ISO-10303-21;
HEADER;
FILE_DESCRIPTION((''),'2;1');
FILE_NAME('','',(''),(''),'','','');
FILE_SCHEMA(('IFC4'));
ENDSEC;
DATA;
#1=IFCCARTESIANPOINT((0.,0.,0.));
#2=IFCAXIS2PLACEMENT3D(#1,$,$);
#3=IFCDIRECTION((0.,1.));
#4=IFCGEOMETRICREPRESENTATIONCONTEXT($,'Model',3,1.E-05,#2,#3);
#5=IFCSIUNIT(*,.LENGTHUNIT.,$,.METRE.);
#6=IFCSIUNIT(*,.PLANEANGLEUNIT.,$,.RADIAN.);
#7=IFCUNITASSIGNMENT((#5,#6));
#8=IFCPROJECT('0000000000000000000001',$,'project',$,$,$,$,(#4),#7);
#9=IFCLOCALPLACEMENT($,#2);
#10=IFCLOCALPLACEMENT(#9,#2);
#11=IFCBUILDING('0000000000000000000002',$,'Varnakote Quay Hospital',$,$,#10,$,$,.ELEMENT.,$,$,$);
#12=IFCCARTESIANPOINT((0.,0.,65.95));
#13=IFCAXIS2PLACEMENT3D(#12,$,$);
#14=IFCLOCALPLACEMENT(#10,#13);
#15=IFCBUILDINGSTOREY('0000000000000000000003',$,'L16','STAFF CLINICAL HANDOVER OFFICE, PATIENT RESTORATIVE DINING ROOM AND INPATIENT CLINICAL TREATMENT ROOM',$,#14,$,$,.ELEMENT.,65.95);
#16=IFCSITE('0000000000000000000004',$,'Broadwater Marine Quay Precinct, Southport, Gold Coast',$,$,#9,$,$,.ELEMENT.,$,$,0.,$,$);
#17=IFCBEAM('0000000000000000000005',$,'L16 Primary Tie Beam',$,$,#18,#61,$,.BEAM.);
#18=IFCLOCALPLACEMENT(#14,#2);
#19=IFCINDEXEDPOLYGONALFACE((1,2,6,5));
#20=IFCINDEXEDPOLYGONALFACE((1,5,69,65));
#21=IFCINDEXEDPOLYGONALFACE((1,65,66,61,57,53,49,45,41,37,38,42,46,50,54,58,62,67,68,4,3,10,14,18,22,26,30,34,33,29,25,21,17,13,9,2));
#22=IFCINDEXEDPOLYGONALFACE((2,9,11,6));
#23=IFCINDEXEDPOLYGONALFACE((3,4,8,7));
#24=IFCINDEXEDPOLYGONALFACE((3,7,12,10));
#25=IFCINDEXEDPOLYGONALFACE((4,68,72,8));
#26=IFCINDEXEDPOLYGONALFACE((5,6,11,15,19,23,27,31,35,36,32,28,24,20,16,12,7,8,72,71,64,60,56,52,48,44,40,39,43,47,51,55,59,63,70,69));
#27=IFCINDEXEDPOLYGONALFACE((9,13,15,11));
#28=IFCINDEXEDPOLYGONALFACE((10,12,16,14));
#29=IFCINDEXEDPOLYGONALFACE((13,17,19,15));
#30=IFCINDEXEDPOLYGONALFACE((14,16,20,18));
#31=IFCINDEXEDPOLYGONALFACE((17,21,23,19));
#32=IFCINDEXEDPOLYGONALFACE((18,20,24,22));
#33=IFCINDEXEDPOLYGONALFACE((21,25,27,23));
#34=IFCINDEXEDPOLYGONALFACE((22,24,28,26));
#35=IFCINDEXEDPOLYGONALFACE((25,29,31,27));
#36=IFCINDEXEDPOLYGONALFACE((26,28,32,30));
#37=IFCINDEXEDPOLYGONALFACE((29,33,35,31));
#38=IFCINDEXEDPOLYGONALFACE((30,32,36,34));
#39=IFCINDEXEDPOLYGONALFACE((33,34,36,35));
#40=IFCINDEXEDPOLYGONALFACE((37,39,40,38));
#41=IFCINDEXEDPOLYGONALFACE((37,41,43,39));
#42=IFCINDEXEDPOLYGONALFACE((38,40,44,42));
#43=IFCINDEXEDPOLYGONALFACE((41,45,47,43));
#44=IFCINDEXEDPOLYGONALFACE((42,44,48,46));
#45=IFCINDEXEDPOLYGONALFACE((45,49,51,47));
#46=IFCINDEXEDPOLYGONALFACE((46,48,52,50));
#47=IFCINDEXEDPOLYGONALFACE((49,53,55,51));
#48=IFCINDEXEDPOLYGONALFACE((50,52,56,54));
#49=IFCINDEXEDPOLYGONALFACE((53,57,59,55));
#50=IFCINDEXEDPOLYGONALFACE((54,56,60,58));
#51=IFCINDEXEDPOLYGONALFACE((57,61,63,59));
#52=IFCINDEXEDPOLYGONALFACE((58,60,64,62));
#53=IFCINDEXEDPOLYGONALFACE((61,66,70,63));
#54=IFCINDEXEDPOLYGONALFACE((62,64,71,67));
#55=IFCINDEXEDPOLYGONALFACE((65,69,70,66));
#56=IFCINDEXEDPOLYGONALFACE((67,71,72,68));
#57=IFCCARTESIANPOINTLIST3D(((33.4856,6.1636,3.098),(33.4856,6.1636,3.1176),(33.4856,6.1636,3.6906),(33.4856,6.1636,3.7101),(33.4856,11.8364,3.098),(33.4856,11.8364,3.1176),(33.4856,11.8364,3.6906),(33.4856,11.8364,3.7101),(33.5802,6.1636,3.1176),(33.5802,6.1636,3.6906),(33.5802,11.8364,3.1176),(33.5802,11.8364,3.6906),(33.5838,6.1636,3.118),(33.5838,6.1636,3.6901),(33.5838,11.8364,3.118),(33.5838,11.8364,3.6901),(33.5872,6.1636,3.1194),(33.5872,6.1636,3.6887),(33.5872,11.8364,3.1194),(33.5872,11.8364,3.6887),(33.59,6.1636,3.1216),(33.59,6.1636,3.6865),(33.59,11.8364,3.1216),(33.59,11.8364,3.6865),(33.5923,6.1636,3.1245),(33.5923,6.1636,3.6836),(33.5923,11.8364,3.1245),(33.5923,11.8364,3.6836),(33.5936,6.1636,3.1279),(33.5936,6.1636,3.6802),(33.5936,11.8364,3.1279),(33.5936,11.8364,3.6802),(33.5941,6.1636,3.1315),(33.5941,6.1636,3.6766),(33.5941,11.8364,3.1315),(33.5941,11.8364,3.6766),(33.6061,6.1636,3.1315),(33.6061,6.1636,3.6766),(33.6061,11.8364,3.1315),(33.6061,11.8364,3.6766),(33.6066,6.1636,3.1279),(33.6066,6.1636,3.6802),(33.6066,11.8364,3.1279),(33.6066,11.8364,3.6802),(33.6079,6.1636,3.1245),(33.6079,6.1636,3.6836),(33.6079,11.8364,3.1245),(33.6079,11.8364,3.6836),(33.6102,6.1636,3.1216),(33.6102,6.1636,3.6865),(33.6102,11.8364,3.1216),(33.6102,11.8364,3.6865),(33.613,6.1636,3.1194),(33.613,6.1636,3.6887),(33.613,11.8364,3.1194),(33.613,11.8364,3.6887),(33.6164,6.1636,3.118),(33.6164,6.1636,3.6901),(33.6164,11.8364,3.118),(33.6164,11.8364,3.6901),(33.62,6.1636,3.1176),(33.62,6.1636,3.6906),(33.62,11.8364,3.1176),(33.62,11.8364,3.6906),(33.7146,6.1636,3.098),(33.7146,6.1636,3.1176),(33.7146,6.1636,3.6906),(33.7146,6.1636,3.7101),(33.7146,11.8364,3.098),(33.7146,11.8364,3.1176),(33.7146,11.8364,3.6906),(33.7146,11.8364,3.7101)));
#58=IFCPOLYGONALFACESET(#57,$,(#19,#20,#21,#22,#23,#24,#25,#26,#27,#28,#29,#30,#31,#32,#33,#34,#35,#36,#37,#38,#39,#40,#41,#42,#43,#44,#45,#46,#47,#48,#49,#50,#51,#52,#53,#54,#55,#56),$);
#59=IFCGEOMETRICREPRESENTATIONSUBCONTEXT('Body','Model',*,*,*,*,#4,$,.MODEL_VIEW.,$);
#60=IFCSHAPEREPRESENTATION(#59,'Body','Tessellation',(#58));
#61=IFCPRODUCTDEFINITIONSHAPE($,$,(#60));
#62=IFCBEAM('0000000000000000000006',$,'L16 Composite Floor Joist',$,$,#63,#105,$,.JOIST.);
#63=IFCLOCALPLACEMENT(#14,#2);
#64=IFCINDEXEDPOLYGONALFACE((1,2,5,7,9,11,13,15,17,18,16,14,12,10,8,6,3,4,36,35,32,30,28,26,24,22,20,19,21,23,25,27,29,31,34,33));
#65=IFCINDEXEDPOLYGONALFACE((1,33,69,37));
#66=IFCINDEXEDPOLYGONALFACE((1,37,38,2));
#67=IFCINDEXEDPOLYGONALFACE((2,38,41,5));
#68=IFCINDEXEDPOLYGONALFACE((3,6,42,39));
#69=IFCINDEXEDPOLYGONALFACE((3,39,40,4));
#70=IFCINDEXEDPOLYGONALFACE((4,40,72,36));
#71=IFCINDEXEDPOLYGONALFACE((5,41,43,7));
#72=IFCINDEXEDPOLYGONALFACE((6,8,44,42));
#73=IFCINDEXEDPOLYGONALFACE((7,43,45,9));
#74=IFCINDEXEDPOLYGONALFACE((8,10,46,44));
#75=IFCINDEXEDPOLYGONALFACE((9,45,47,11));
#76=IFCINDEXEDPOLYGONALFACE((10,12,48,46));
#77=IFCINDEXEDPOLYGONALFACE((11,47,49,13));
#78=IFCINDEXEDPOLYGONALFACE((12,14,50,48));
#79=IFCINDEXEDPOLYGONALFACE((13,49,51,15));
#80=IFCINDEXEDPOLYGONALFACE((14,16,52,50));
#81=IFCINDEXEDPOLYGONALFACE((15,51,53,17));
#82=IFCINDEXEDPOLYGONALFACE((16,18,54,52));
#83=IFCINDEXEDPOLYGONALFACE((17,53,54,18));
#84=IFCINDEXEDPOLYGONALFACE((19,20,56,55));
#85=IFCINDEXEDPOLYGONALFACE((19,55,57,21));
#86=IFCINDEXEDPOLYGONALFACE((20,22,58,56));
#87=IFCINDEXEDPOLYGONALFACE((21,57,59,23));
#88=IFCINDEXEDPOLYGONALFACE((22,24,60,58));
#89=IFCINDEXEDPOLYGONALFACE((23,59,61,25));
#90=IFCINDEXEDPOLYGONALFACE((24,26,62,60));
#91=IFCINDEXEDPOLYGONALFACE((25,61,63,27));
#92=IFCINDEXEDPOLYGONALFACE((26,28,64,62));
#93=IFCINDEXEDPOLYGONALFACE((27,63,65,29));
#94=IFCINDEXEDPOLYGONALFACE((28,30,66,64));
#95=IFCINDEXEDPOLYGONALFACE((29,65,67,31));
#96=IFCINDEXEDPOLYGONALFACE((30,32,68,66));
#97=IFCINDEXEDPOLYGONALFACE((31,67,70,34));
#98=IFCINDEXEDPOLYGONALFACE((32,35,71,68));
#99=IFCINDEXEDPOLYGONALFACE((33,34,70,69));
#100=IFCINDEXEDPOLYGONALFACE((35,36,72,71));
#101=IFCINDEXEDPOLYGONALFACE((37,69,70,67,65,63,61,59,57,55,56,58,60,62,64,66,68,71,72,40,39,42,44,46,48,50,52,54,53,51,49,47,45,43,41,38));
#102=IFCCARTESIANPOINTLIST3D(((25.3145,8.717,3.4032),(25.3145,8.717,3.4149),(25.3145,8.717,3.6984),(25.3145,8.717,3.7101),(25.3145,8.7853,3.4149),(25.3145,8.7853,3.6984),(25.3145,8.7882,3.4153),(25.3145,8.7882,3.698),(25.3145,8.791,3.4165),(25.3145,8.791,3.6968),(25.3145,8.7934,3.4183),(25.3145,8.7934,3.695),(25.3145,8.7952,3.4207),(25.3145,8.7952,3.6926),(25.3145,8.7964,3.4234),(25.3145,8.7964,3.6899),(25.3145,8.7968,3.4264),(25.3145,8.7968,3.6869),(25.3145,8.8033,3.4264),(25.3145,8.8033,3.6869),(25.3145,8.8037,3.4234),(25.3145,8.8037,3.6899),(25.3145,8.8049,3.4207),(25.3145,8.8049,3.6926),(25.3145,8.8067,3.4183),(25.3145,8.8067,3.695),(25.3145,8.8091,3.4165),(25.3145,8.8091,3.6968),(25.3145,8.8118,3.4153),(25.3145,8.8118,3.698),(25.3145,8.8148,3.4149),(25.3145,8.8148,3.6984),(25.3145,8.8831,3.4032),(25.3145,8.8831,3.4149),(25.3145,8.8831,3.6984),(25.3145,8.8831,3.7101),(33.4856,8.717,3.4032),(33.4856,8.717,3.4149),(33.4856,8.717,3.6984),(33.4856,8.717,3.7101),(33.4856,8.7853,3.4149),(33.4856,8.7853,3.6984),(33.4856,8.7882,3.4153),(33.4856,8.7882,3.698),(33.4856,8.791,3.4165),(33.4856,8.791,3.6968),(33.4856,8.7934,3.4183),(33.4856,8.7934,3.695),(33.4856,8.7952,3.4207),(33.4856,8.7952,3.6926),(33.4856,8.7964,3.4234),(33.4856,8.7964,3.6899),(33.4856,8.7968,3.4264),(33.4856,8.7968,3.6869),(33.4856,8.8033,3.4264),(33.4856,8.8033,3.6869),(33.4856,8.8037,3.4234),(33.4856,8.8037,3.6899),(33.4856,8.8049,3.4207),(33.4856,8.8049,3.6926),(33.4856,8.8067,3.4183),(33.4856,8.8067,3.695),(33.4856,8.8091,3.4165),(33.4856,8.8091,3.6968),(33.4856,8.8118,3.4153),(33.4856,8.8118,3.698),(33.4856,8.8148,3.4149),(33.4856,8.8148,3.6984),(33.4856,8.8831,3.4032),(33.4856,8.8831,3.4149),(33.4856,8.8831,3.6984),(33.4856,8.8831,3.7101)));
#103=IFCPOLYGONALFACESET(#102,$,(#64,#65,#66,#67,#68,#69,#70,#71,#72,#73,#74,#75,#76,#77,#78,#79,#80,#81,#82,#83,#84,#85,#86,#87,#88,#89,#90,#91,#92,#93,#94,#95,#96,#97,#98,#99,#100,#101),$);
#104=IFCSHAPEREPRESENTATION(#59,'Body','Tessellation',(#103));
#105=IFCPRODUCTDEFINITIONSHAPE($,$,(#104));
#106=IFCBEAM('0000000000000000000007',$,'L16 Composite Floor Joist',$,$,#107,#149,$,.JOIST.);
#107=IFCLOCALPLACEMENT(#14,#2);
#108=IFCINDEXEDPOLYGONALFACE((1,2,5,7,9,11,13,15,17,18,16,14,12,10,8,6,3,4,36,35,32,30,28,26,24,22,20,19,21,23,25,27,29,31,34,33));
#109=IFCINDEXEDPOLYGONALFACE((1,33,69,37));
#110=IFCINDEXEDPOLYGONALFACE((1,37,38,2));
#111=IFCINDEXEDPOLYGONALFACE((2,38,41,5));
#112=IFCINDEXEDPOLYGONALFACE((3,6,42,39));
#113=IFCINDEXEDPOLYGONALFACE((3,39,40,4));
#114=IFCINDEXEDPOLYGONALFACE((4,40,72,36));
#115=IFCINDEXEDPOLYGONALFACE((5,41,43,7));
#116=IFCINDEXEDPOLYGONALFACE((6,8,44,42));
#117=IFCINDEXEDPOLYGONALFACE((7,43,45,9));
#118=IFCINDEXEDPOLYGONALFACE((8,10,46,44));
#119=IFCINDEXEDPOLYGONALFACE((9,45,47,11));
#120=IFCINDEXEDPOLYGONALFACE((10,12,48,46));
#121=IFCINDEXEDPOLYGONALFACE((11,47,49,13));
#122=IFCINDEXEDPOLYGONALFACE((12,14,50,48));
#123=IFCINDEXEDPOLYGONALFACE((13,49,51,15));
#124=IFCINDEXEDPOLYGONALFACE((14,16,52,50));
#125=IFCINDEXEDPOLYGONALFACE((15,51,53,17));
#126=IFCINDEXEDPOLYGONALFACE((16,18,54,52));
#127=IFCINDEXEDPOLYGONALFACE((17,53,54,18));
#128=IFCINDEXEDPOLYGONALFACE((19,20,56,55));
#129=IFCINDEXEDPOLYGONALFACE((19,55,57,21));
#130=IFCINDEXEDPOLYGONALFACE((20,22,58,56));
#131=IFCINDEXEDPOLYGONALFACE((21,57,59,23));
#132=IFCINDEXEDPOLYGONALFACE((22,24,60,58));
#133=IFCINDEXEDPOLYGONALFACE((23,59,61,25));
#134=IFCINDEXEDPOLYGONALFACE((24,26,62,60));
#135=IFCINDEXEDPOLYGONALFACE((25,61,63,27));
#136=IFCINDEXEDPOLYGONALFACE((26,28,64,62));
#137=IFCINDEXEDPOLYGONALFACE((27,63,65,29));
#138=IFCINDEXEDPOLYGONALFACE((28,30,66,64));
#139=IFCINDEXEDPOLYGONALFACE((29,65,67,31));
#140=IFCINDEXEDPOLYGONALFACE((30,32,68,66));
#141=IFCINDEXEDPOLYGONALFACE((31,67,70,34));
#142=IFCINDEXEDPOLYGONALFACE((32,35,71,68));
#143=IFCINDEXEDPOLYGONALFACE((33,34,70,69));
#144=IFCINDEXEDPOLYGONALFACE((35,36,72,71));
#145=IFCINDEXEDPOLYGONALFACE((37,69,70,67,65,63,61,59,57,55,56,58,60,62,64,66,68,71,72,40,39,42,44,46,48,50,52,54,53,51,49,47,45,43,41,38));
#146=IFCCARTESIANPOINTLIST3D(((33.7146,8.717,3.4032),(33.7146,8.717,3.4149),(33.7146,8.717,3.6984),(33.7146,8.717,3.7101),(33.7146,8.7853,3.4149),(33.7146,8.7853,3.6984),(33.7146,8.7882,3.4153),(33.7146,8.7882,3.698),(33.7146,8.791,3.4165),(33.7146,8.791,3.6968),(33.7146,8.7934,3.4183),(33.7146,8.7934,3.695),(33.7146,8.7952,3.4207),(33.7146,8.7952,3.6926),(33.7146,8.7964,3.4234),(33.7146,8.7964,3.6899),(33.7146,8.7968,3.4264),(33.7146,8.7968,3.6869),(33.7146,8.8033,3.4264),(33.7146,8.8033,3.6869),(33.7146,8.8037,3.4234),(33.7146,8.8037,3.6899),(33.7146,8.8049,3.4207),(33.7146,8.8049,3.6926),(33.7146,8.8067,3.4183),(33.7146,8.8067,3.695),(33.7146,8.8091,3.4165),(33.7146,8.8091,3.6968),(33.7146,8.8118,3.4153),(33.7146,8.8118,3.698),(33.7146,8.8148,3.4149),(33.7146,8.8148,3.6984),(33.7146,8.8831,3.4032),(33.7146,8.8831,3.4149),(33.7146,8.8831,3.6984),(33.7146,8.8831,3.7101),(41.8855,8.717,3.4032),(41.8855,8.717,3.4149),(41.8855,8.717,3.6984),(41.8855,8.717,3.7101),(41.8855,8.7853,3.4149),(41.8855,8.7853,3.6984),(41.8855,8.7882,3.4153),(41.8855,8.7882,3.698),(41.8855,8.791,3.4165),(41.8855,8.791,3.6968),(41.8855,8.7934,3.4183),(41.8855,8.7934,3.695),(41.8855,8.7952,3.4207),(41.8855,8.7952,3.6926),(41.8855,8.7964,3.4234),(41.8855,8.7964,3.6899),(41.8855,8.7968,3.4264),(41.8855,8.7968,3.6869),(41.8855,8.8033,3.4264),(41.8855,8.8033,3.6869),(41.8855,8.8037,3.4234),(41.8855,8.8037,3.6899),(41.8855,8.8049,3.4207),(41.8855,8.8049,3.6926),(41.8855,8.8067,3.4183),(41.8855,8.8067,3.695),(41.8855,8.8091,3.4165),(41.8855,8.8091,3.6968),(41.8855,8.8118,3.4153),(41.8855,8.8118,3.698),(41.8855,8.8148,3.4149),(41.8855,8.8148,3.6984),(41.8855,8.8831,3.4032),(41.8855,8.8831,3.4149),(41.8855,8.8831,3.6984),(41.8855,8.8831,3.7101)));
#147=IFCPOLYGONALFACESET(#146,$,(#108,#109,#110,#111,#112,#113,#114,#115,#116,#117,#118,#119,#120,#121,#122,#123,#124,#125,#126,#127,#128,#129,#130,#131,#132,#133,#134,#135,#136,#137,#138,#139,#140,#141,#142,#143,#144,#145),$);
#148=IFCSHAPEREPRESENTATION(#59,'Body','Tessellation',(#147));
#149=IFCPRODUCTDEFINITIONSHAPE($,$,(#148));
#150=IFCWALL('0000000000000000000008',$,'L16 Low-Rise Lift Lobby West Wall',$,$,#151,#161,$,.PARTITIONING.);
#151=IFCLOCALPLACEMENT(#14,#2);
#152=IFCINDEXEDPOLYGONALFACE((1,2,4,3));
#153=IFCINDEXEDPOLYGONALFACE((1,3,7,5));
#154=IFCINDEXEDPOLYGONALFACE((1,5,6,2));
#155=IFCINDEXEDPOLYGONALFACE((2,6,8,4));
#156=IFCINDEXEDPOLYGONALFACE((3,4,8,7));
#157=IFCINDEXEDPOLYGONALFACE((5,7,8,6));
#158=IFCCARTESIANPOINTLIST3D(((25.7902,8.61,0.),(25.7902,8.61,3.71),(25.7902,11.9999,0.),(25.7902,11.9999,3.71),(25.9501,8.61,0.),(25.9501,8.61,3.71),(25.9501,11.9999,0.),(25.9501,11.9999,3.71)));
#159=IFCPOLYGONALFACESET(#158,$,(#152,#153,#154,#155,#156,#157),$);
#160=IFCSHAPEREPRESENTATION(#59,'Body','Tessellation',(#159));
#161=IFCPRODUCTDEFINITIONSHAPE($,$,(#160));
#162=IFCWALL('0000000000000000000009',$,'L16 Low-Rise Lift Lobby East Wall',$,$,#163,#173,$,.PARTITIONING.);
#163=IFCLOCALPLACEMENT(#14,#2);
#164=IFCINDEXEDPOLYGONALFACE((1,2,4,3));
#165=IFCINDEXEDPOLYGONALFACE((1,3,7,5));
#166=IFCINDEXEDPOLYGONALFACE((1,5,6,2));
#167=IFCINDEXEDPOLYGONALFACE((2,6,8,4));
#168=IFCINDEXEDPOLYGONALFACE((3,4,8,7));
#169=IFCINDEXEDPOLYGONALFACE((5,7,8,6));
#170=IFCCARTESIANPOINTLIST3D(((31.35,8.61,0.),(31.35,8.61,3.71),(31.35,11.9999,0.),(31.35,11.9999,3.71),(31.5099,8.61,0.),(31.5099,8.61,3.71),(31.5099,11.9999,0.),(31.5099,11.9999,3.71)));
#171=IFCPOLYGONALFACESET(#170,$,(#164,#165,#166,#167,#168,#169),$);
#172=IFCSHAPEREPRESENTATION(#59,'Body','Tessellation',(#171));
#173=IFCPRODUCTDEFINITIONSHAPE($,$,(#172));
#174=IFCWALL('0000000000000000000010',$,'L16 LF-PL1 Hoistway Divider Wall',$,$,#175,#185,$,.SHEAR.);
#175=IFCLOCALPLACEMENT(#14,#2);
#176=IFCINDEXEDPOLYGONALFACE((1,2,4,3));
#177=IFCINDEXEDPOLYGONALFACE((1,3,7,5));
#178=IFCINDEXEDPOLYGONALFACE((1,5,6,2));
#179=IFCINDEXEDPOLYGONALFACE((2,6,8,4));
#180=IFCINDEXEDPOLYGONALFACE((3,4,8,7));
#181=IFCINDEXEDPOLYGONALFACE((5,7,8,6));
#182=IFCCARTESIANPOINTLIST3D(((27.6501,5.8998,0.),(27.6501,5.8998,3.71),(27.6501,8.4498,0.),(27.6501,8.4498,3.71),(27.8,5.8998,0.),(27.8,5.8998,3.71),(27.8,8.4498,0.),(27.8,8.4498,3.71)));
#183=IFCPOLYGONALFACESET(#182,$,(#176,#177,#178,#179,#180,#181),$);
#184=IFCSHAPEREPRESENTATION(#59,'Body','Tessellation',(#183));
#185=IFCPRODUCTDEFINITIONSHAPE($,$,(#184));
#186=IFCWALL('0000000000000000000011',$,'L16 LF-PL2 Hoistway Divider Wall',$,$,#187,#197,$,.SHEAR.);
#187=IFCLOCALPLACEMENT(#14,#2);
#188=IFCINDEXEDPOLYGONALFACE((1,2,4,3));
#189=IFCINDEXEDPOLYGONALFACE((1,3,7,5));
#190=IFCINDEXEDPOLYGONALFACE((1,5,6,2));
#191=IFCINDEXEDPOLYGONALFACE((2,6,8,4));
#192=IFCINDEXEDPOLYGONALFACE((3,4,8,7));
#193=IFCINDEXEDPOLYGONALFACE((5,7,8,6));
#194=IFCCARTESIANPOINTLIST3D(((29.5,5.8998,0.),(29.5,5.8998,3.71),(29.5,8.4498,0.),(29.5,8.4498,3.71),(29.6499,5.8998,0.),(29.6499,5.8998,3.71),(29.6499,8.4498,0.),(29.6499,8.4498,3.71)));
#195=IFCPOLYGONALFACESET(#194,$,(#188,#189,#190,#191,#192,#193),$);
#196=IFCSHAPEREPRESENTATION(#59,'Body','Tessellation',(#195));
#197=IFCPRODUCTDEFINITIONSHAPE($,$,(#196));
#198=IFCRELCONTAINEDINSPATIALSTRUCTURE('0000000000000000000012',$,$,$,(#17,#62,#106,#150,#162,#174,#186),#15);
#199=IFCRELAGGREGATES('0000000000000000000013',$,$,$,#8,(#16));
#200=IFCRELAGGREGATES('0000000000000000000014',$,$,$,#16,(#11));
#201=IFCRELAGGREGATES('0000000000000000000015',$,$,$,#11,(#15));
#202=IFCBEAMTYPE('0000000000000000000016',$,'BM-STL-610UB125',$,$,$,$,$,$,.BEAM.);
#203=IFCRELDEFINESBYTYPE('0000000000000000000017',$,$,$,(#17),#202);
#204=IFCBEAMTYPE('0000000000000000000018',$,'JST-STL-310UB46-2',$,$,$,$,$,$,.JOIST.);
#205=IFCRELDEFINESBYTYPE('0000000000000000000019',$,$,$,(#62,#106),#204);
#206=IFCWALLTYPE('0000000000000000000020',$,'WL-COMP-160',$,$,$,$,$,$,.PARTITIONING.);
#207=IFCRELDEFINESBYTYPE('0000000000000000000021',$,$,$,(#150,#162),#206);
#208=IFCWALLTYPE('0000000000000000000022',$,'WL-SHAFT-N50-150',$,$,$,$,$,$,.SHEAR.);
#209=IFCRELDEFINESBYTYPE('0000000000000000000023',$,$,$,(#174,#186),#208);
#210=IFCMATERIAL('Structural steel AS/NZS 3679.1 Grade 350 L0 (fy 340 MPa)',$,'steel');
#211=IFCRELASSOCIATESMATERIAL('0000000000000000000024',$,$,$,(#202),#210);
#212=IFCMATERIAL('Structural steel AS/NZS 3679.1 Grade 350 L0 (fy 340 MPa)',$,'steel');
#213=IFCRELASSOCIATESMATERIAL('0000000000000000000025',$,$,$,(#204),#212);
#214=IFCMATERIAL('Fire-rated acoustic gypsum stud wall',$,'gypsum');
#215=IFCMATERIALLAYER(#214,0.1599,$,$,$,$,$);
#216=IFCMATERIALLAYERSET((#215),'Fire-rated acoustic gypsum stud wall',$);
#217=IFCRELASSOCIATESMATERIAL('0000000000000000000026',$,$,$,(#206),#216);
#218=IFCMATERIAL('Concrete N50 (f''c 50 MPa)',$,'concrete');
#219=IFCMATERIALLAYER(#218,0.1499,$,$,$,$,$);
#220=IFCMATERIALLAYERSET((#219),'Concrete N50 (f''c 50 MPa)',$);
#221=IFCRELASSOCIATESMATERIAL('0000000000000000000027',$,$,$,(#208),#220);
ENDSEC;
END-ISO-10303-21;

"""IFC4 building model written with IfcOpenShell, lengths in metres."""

from ifc_helpers import new_model, si_unit, direction, frame, frame_2d, origin, origin_2d, place, context, subcontext, project, spatial, rectangle, i_section, extrude, material, layer, layer_set, material_profile, profile_set, type_object, element, save


model = new_model("IFC4")

# Units and contexts
model_context = context("Model", 3, precision=1e-05, world=origin(), true_north=direction((0.0, 1.0)))
body_context = subcontext(model_context, "Body", "Model", "MODEL_VIEW")
ifc_project = project(units=[si_unit("LENGTHUNIT", "METRE"), si_unit("PLANEANGLEUNIT", "RADIAN")], contexts=[model_context])

# Site, building, storey
site_placement = place(None, origin())
site = spatial("IfcSite", under=ifc_project, at=site_placement, Name="Broadwater Marine Quay Precinct, Southport, Gold Coast", CompositionType="ELEMENT", RefElevation=0.0)
building_placement = place(site_placement, origin())
building = spatial("IfcBuilding", under=site, at=building_placement, Name="Varnakote Quay Hospital", CompositionType="ELEMENT")
storey_placement = place(building_placement, frame((0.0, 0.0, 65.95)))
storey = spatial("IfcBuildingStorey", under=building, at=storey_placement, Name="L16", Description="STAFF CLINICAL HANDOVER OFFICE, PATIENT RESTORATIVE DINING ROOM AND INPATIENT CLINICAL TREATMENT ROOM", CompositionType="ELEMENT", Elevation=65.95)

# Beams
ifc_material_1 = material(Name="Structural steel AS/NZS 3679.1 Grade 350 L0 (fy 340 MPa)", Category="steel")
ifc_material_profile_1 = material_profile(ifc_material_1, i_section(OverallWidth=0.229, OverallDepth=0.6121, WebThickness=0.012, FlangeThickness=0.0195, FilletRadius=0.0139, at=origin_2d()), Name="610UB125")
ifc_profile_set_1 = profile_set([ifc_material_profile_1], Name="Structural steel AS/NZS 3679.1 Grade 350 L0 (fy 340 MPa)")
beam_type_1 = type_object("IfcBeamType", Name="BM-STL-610UB125", PredefinedType="BEAM", material=ifc_profile_set_1)
for number, where, z_axis, x_axis, name in (
    (1, (33.6001, 6.1636, 3.4041), (0.0, 1.0, 0.0), (-1.0, 0.0, 0.0), "L16 Primary Tie Beam"),
):
    element("IfcBeam", number, at=place(storey_placement, frame(where, z_axis=z_axis, x_axis=x_axis)), inside=storey, type_object=beam_type_1, Name=name, PredefinedType="BEAM", context=body_context, shape_type="SweptSolid", body=[
        extrude(i_section(OverallWidth=0.229, OverallDepth=0.6121, WebThickness=0.012, FlangeThickness=0.0195, FilletRadius=0.0139, at=origin_2d()), origin(), (0.0, 0.0, 1.0), 5.6729),
    ])
ifc_material_2 = material(Name="Structural steel AS/NZS 3679.1 Grade 350 L0 (fy 340 MPa)", Category="steel")
ifc_material_profile_2 = material_profile(ifc_material_2, i_section(OverallWidth=0.166, OverallDepth=0.3069, WebThickness=0.0066, FlangeThickness=0.0117, FilletRadius=0.0115, at=origin_2d()), Name="310UB46.2")
ifc_profile_set_2 = profile_set([ifc_material_profile_2], Name="Structural steel AS/NZS 3679.1 Grade 350 L0 (fy 340 MPa)")
beam_type_2 = type_object("IfcBeamType", Name="JST-STL-310UB46-2", PredefinedType="JOIST", material=ifc_profile_set_2)
beam_1_placement = place(storey_placement, frame((25.3145, 8.8, 3.5566), z_axis=(1.0, 0.0, 0.0), x_axis=(0.0, 1.0, 0.0)))
element("IfcBeam", 2, at=beam_1_placement, inside=storey, type_object=beam_type_2, Name="L16 Composite Floor Joist", PredefinedType="JOIST", context=body_context, shape_type="SweptSolid", body=[
    extrude(i_section(OverallWidth=0.166, OverallDepth=0.3069, WebThickness=0.0066, FlangeThickness=0.0117, FilletRadius=0.0115, at=origin_2d()), origin(), (0.0, 0.0, 1.0), 8.1711),
])
beam_2_placement = place(storey_placement, frame((33.7146, 8.8, 3.5566), z_axis=(1.0, 0.0, 0.0), x_axis=(0.0, 1.0, 0.0)))
element("IfcBeam", 3, at=beam_2_placement, inside=storey, type_object=beam_type_2, Name="L16 Composite Floor Joist", PredefinedType="JOIST", context=body_context, shape_type="SweptSolid", body=[
    extrude(i_section(OverallWidth=0.166, OverallDepth=0.3069, WebThickness=0.0066, FlangeThickness=0.0117, FilletRadius=0.0115, at=origin_2d()), origin(), (0.0, 0.0, 1.0), 8.1709),
])

# Walls
ifc_material_3 = material(Name="Fire-rated acoustic gypsum stud wall", Category="gypsum")
ifc_layer_1 = layer(ifc_material_3, 0.1599)
ifc_layer_set_1 = layer_set([ifc_layer_1], Name="Fire-rated acoustic gypsum stud wall")
wall_type_1 = type_object("IfcWallType", Name="WL-COMP-160", PredefinedType="PARTITIONING", material=ifc_layer_set_1)
for number, where, z_axis, x_axis, name in (
    (4, (25.8701, 8.6101, 0.0), (0.0, 0.0, 1.0), (0.0, 1.0, 0.0), "L16 Low-Rise Lift Lobby West Wall"),
    (5, (31.4299, 8.6101, 0.0), (0.0, 0.0, 1.0), (0.0, 1.0, 0.0), "L16 Low-Rise Lift Lobby East Wall"),
):
    element("IfcWall", number, at=place(storey_placement, frame(where, z_axis=z_axis, x_axis=x_axis)), inside=storey, type_object=wall_type_1, Name=name, PredefinedType="PARTITIONING", context=body_context, shape_type="SweptSolid", body=[
        extrude(rectangle(XDim=3.3899, YDim=0.1599, at=frame_2d((1.6948, 0.0))), origin(), (0.0, 0.0, 1.0), 3.71),
    ])
ifc_material_4 = material(Name="Concrete N50 (f'c 50 MPa)", Category="concrete")
ifc_layer_2 = layer(ifc_material_4, 0.1499)
ifc_layer_set_2 = layer_set([ifc_layer_2], Name="Concrete N50 (f'c 50 MPa)")
wall_type_2 = type_object("IfcWallType", Name="WL-SHAFT-N50-150", PredefinedType="SHEAR", material=ifc_layer_set_2)
for number, where, z_axis, x_axis, name in (
    (6, (27.7251, 5.8999, 0.0), (0.0, 0.0, 1.0), (0.0, 1.0, 0.0), "L16 LF-PL1 Hoistway Divider Wall"),
    (7, (29.575, 5.8999, 0.0), (0.0, 0.0, 1.0), (0.0, 1.0, 0.0), "L16 LF-PL2 Hoistway Divider Wall"),
):
    element("IfcWall", number, at=place(storey_placement, frame(where, z_axis=z_axis, x_axis=x_axis)), inside=storey, type_object=wall_type_2, Name=name, PredefinedType="SHEAR", context=body_context, shape_type="SweptSolid", body=[
        extrude(rectangle(XDim=2.55, YDim=0.1499, at=frame_2d((1.2749, 0.0))), origin(), (0.0, 0.0, 1.0), 3.71),
    ])

save(model, "model.ifc")
